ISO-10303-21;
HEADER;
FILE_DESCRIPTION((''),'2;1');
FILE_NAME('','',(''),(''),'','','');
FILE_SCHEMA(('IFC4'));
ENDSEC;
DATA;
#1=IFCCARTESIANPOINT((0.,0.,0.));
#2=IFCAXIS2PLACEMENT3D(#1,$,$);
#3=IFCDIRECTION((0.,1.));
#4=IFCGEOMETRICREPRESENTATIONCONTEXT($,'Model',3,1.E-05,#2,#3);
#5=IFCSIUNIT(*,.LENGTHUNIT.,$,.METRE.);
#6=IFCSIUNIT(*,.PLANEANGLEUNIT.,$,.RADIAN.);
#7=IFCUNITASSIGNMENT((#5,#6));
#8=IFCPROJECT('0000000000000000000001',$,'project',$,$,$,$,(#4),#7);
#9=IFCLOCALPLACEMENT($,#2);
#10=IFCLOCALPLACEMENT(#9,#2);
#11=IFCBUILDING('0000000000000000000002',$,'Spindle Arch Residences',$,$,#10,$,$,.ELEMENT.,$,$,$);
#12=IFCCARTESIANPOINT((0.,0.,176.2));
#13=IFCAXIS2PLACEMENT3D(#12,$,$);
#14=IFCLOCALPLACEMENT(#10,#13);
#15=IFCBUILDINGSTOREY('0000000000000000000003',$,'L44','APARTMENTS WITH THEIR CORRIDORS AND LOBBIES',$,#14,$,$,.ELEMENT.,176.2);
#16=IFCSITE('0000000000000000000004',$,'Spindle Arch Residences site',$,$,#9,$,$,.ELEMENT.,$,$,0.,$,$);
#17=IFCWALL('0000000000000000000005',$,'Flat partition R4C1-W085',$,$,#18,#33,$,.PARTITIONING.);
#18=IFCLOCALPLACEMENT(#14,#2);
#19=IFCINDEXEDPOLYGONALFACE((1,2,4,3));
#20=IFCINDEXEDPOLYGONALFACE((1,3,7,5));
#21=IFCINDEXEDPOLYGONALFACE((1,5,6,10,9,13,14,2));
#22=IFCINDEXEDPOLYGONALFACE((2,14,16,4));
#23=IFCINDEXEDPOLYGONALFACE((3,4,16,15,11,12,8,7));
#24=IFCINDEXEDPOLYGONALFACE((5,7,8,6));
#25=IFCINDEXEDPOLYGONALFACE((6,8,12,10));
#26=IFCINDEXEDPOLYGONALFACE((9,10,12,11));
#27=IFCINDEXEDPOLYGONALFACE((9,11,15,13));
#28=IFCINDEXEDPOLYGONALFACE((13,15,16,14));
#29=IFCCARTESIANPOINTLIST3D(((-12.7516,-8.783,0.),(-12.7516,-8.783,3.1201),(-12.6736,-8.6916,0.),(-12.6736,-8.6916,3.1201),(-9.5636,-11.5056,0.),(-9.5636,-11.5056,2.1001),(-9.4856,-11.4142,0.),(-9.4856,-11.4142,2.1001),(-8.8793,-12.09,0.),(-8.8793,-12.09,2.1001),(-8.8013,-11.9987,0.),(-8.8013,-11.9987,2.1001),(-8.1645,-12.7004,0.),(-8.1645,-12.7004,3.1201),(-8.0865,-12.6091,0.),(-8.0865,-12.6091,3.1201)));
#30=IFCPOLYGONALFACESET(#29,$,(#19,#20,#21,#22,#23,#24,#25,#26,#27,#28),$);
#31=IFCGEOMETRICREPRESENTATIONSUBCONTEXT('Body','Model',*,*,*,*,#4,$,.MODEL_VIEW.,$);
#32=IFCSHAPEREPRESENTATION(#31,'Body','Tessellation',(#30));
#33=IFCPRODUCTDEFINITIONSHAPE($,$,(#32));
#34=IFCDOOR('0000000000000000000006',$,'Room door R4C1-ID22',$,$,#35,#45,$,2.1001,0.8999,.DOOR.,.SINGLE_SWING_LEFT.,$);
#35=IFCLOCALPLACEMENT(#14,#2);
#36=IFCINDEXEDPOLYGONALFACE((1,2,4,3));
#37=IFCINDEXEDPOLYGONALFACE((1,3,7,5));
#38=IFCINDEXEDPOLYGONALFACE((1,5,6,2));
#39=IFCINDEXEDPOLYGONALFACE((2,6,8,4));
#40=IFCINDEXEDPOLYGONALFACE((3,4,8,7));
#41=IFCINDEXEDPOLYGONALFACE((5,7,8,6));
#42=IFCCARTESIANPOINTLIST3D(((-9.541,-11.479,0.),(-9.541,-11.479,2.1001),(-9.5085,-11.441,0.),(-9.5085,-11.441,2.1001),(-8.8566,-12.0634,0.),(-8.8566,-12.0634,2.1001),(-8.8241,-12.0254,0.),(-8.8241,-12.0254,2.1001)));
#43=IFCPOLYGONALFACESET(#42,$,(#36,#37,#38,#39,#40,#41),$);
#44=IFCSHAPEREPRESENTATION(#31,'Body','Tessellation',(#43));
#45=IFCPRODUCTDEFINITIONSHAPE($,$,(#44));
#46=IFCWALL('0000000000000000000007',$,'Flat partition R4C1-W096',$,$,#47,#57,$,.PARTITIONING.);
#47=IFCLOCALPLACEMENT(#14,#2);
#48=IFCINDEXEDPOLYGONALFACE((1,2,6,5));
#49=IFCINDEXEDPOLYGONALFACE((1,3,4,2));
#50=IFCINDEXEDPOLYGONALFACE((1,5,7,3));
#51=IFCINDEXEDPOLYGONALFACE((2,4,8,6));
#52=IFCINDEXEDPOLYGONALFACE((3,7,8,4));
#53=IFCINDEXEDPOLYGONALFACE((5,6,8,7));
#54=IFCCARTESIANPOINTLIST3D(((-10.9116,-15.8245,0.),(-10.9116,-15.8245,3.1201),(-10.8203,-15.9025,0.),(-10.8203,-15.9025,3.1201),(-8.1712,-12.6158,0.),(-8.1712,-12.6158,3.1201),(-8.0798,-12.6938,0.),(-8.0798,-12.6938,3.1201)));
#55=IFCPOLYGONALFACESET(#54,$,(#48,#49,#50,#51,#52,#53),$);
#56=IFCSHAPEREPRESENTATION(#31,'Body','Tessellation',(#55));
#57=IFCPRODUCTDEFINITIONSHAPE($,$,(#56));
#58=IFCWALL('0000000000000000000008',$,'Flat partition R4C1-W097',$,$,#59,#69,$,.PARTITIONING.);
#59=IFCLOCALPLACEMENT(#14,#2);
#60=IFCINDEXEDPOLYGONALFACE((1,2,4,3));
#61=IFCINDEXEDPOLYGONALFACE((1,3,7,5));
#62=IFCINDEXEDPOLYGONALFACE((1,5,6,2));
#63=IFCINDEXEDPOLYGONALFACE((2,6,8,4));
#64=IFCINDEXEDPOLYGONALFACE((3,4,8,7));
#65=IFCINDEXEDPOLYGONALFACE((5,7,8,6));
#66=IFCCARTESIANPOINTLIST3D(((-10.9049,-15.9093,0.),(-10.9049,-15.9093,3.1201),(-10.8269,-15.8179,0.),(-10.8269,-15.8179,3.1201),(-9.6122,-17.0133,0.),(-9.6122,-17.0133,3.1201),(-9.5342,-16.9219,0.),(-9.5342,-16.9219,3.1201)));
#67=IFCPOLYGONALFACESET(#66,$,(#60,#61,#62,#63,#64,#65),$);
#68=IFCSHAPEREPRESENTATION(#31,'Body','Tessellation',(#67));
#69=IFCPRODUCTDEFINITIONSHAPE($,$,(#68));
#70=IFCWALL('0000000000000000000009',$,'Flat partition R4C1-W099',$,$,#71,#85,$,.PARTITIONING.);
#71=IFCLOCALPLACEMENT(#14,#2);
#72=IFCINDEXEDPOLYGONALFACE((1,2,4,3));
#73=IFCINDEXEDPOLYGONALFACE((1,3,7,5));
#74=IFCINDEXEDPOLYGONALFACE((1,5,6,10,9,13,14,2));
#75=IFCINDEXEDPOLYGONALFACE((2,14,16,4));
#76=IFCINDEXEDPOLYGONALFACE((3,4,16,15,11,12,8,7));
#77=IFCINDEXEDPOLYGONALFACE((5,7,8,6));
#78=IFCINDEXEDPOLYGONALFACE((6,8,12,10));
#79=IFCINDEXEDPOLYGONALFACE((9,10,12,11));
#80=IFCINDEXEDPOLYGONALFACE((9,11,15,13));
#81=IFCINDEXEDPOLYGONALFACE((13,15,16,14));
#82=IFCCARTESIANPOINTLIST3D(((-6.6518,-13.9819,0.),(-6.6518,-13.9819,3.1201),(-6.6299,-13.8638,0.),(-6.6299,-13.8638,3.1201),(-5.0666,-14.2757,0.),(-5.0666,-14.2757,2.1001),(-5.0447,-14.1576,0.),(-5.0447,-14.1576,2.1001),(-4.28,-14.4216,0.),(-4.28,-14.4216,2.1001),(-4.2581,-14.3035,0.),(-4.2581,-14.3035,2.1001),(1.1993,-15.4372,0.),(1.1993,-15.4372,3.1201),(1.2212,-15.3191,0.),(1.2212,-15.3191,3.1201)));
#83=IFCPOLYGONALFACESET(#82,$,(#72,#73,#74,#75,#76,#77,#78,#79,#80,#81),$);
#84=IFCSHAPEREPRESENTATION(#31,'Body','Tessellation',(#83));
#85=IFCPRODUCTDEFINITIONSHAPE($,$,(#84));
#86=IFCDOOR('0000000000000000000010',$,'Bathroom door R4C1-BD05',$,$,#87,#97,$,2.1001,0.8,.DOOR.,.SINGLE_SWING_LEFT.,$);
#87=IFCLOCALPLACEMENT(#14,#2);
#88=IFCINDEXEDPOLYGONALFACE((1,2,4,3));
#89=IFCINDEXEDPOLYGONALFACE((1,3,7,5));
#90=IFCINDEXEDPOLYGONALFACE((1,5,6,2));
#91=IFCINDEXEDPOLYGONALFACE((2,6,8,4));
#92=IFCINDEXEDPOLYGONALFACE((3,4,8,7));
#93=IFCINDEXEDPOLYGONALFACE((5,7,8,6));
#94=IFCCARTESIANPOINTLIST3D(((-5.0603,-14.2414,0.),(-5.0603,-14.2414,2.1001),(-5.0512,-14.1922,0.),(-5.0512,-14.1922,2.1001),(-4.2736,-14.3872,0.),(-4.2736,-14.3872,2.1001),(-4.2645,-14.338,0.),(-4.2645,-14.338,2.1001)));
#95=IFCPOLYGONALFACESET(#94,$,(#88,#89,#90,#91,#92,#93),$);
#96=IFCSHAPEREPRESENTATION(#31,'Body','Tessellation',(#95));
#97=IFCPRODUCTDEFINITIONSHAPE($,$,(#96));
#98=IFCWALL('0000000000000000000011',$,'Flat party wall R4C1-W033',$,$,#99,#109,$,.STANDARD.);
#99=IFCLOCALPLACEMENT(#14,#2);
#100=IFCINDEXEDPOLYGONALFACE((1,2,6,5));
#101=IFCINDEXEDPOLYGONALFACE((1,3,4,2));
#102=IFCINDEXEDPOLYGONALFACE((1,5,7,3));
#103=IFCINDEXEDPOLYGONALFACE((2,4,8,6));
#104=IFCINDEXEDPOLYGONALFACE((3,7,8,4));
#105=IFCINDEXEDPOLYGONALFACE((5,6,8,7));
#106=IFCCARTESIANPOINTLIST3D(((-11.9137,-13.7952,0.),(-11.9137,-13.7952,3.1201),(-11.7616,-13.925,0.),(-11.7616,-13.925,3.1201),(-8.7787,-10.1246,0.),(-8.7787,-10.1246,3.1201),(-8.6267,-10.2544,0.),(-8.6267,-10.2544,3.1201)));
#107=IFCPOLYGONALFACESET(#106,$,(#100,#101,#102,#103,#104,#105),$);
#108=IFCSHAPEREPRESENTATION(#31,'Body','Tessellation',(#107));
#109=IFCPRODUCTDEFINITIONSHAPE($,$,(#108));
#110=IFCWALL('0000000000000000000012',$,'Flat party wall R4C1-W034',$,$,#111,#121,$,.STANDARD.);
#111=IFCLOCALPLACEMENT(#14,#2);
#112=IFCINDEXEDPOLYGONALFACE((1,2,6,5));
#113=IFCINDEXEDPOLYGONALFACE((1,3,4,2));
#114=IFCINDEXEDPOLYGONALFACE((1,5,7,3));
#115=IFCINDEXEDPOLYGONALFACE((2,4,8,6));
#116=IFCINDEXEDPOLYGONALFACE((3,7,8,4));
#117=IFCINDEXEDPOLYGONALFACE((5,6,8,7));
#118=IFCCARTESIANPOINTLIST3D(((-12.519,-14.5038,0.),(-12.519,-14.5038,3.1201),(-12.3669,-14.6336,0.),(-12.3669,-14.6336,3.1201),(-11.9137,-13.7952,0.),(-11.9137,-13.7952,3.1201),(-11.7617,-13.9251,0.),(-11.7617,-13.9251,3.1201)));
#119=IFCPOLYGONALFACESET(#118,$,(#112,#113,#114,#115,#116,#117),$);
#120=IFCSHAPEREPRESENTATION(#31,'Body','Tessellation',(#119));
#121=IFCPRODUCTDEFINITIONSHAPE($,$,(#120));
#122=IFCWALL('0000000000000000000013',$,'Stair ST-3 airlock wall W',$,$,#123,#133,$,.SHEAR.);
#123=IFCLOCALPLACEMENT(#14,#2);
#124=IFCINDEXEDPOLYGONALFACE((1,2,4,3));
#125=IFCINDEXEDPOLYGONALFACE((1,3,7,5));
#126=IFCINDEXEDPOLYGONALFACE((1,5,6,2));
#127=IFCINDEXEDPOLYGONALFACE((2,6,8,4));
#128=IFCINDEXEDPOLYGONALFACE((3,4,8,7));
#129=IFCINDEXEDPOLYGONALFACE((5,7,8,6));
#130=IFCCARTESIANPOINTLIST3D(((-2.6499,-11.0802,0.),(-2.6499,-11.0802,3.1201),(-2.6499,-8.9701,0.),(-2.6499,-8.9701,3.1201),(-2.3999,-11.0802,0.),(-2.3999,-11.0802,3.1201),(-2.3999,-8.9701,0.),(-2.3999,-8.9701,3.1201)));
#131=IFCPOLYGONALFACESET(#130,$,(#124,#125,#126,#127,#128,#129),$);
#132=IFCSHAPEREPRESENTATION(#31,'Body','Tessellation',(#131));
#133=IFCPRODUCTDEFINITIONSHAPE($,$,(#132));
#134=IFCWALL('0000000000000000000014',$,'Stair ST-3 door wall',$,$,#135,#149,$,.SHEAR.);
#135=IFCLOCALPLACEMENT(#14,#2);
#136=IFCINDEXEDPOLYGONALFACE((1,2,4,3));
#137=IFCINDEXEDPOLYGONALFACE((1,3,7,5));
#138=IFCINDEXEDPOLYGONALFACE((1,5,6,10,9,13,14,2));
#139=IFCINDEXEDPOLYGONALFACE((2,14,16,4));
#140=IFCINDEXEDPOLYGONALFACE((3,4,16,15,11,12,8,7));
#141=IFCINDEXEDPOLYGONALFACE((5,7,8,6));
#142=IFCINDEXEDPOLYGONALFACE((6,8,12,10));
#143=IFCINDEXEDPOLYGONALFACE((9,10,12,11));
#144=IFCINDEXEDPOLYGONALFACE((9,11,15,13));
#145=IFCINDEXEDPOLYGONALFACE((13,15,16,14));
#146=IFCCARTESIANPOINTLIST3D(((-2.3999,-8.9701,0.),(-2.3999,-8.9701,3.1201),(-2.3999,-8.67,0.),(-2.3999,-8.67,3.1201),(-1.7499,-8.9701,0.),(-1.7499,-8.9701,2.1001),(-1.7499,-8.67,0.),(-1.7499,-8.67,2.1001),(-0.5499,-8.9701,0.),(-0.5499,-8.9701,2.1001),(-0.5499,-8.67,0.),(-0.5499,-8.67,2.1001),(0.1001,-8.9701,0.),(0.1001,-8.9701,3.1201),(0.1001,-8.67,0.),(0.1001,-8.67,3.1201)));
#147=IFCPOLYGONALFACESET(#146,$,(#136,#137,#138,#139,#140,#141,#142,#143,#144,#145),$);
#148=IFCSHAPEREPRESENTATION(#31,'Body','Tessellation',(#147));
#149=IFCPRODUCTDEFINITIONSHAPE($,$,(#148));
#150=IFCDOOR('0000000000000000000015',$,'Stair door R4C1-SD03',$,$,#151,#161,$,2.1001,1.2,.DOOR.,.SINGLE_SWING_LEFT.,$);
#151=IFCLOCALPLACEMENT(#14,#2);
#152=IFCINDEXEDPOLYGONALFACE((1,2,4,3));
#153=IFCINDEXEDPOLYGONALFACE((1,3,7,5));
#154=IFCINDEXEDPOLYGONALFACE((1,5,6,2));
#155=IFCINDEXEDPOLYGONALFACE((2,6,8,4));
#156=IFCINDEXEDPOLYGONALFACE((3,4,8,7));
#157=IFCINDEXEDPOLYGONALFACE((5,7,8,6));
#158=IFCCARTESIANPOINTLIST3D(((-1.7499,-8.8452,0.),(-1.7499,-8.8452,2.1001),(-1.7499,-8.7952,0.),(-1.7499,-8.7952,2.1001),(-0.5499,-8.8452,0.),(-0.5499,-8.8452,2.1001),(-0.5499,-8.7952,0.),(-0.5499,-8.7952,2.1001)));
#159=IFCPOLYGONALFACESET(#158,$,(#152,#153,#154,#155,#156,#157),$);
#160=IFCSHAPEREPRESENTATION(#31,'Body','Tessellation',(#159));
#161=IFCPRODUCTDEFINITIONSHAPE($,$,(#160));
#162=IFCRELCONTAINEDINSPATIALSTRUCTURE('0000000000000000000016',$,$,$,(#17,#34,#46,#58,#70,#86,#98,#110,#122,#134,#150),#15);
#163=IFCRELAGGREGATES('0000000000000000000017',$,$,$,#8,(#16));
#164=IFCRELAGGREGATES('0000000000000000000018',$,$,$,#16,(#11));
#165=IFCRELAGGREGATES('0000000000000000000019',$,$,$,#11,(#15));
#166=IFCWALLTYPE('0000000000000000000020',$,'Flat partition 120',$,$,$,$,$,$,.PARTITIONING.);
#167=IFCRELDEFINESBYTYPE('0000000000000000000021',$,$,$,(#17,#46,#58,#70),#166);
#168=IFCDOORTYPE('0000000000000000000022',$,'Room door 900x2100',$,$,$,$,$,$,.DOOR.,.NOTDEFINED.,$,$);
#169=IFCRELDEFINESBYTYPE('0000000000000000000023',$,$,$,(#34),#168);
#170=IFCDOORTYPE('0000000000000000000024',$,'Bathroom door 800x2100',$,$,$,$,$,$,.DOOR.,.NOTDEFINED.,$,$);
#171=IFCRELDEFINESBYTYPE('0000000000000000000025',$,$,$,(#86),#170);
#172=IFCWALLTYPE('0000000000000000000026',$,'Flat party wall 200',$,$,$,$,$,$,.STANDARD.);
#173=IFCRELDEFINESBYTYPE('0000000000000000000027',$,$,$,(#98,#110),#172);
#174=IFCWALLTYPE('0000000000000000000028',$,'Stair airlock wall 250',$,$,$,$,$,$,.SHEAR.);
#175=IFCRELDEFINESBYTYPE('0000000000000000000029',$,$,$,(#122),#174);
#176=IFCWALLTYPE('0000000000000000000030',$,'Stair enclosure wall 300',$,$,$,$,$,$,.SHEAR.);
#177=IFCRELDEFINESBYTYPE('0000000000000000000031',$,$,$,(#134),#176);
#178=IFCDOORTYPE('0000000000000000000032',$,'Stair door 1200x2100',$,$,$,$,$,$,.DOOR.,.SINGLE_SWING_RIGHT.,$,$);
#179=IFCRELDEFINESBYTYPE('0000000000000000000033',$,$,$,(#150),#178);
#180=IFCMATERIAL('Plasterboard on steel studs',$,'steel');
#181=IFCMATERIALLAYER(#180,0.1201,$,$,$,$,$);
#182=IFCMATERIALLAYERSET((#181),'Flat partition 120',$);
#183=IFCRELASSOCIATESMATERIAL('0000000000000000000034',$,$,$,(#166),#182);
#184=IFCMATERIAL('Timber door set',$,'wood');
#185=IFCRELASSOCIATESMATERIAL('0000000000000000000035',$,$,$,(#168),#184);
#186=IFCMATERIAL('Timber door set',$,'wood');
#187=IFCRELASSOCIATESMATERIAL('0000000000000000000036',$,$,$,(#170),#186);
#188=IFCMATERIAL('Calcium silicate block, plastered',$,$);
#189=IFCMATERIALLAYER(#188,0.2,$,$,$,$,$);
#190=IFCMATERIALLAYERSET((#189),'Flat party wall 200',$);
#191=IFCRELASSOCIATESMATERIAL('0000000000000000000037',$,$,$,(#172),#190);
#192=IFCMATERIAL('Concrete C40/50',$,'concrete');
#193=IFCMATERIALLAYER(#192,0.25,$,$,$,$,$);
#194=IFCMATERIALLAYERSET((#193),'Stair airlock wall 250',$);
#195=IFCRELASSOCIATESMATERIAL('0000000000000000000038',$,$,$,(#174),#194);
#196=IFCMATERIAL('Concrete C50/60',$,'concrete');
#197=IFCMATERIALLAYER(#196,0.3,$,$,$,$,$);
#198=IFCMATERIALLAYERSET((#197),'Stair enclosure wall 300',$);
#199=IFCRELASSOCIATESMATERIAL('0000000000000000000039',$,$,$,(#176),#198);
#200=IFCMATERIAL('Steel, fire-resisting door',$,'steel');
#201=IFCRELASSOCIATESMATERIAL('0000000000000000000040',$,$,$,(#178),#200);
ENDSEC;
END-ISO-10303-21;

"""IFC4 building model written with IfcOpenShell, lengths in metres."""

from ifc_helpers import new_model, si_unit, direction, frame, frame_2d, origin, place, context, subcontext, project, spatial, rectangle, extrude, material, layer, layer_set, type_object, element, fill, save


model = new_model("IFC4")

# Units and contexts
model_context = context("Model", 3, precision=1e-05, world=origin(), true_north=direction((0.0, 1.0)))
body_context = subcontext(model_context, "Body", "Model", "MODEL_VIEW")
ifc_project = project(units=[si_unit("LENGTHUNIT", "METRE"), si_unit("PLANEANGLEUNIT", "RADIAN")], contexts=[model_context])

# Site, building, storey
site_placement = place(None, origin())
site = spatial("IfcSite", under=ifc_project, at=site_placement, Name="Spindle Arch Residences site", CompositionType="ELEMENT", RefElevation=0.0)
building_placement = place(site_placement, origin())
building = spatial("IfcBuilding", under=site, at=building_placement, Name="Spindle Arch Residences", CompositionType="ELEMENT")
storey_placement = place(building_placement, frame((0.0, 0.0, 176.2)))
storey = spatial("IfcBuildingStorey", under=building, at=storey_placement, Name="L44", Description="APARTMENTS WITH THEIR CORRIDORS AND LOBBIES", CompositionType="ELEMENT", Elevation=176.2)

# Wall, opening, door
ifc_material_1 = material(Name="Plasterboard on steel studs", Category="steel")
ifc_layer_1 = layer(ifc_material_1, 0.1201)
ifc_layer_set_1 = layer_set([ifc_layer_1], Name="Flat partition 120")
wall_type_1 = type_object("IfcWallType", Name="Flat partition 120", PredefinedType="PARTITIONING", material=ifc_layer_set_1)
wall_1_placement = place(storey_placement, frame((-12.7126, -8.7373, 0.0), z_axis=(0.0, 0.0, 1.0), x_axis=(0.760432, -0.649417, 0.0)))
wall_1 = element("IfcWall", 1, at=wall_1_placement, inside=storey, type_object=wall_type_1, Name="Flat partition R4C1-W085", PredefinedType="PARTITIONING", context=body_context, shape_type="SweptSolid", body=[
    extrude(rectangle(XDim=6.0322, YDim=0.1201, at=frame_2d((3.0161, 0.0))), origin(), (0.0, 0.0, 1.0), 3.1201),
])
opening_1_placement = place(wall_1_placement, frame((4.1924, 0.0, 0.0)))
opening_1 = element("IfcOpeningElement", 2, at=opening_1_placement, cuts=wall_1, PredefinedType="OPENING", context=body_context, shape_type="SweptSolid", body=[
    extrude(rectangle(XDim=0.8999, YDim=2.1001, at=frame_2d((0.45, 1.05))), frame((0.0, 0.0701, 0.0), z_axis=(0.0, -1.0, 0.0), x_axis=(1.0, 0.0, 0.0)), (0.0, 0.0, 1.0), 0.1401),
])
ifc_material_2 = material(Name="Timber door set", Category="wood")
door_type_1 = type_object("IfcDoorType", Name="Room door 900x2100", OperationType="NOTDEFINED", PredefinedType="DOOR", material=ifc_material_2)
door_1_placement = place(opening_1_placement, origin())
door_1 = element("IfcDoor", 3, at=door_1_placement, inside=storey, type_object=door_type_1, Name="Room door R4C1-ID22", OperationType="SINGLE_SWING_LEFT", OverallHeight=2.1001, OverallWidth=0.8999, PredefinedType="DOOR", context=body_context, shape_type="SweptSolid", body=[
    extrude(rectangle(XDim=0.8999, YDim=2.1001, at=frame_2d((0.45, 1.05))), frame((0.0, 0.0249, 0.0), z_axis=(0.0, -1.0, 0.0), x_axis=(1.0, 0.0, 0.0)), (0.0, 0.0, 1.0), 0.05),
])
fill(opening_1, door_1)

# Walls
wall_2_placement = place(storey_placement, frame((-8.1255, -12.6548, 0.0), z_axis=(0.0, 0.0, 1.0), x_axis=(-0.649442, -0.760411, 0.0)))
element("IfcWall", 4, at=wall_2_placement, inside=storey, type_object=wall_type_1, Name="Flat partition R4C1-W096", PredefinedType="PARTITIONING", context=body_context, shape_type="SweptSolid", body=[
    extrude(rectangle(XDim=4.2197, YDim=0.1201, at=frame_2d((2.1099, 0.0))), origin(), (0.0, 0.0, 1.0), 3.1201),
])
wall_3_placement = place(storey_placement, frame((-10.866, -15.8635, 0.0), z_axis=(0.0, 0.0, 1.0), x_axis=(0.760431, -0.649418, 0.0)))
element("IfcWall", 5, at=wall_3_placement, inside=storey, type_object=wall_type_1, Name="Flat partition R4C1-W097", PredefinedType="PARTITIONING", context=body_context, shape_type="SweptSolid", body=[
    extrude(rectangle(XDim=1.7, YDim=0.1201, at=frame_2d((0.8501, 0.0))), origin(), (0.0, 0.0, 1.0), 3.1201),
])

# Wall, opening, door
wall_4_placement = place(storey_placement, frame((-6.6409, -13.9229, 0.0), z_axis=(0.0, 0.0, 1.0), x_axis=(0.98325, -0.182261, 0.0)))
wall_4 = element("IfcWall", 6, at=wall_4_placement, inside=storey, type_object=wall_type_1, Name="Flat partition R4C1-W099", PredefinedType="PARTITIONING", context=body_context, shape_type="SweptSolid", body=[
    extrude(rectangle(XDim=7.9849, YDim=0.1201, at=frame_2d((3.9924, 0.0))), origin(), (0.0, 0.0, 1.0), 3.1201),
])
opening_2_placement = place(wall_4_placement, frame((1.6123, 0.0, 0.0)))
opening_2 = element("IfcOpeningElement", 7, at=opening_2_placement, cuts=wall_4, PredefinedType="OPENING", context=body_context, shape_type="SweptSolid", body=[
    extrude(rectangle(XDim=0.8, YDim=2.1001, at=frame_2d((0.3999, 1.05))), frame((0.0, 0.0701, 0.0), z_axis=(0.0, -1.0, 0.0), x_axis=(1.0, 0.0, 0.0)), (0.0, 0.0, 1.0), 0.1401),
])
ifc_material_3 = material(Name="Timber door set", Category="wood")
door_type_2 = type_object("IfcDoorType", Name="Bathroom door 800x2100", OperationType="NOTDEFINED", PredefinedType="DOOR", material=ifc_material_3)
door_2_placement = place(opening_2_placement, origin())
door_2 = element("IfcDoor", 8, at=door_2_placement, inside=storey, type_object=door_type_2, Name="Bathroom door R4C1-BD05", OperationType="SINGLE_SWING_LEFT", OverallHeight=2.1001, OverallWidth=0.8, PredefinedType="DOOR", context=body_context, shape_type="SweptSolid", body=[
    extrude(rectangle(XDim=0.8, YDim=2.1001, at=frame_2d((0.3999, 1.05))), frame((0.0, 0.0249, 0.0), z_axis=(0.0, -1.0, 0.0), x_axis=(1.0, 0.0, 0.0)), (0.0, 0.0, 1.0), 0.05),
])
fill(opening_2, door_2)

# Walls
ifc_material_4 = material(Name="Calcium silicate block, plastered")
ifc_layer_2 = layer(ifc_material_4, 0.2)
ifc_layer_set_2 = layer_set([ifc_layer_2], Name="Flat party wall 200")
wall_type_2 = type_object("IfcWallType", Name="Flat party wall 200", PredefinedType="STANDARD", material=ifc_layer_set_2)
wall_5_placement = place(storey_placement, frame((-11.8376, -13.8601, 0.0), z_axis=(0.0, 0.0, 1.0), x_axis=(0.649445, 0.760409, 0.0)))
element("IfcWall", 9, at=wall_5_placement, inside=storey, type_object=wall_type_2, Name="Flat party wall R4C1-W033", PredefinedType="STANDARD", context=body_context, shape_type="SweptSolid", body=[
    extrude(rectangle(XDim=4.8271, YDim=0.2, at=frame_2d((2.4136, 0.0))), origin(), (0.0, 0.0, 1.0), 3.1201),
])
wall_6_placement = place(storey_placement, frame((-12.4429, -14.5686, 0.0), z_axis=(0.0, 0.0, 1.0), x_axis=(0.649517, 0.760347, 0.0)))
element("IfcWall", 10, at=wall_6_placement, inside=storey, type_object=wall_type_2, Name="Flat party wall R4C1-W034", PredefinedType="STANDARD", context=body_context, shape_type="SweptSolid", body=[
    extrude(rectangle(XDim=0.9319, YDim=0.2, at=frame_2d((0.4658, 0.0))), origin(), (0.0, 0.0, 1.0), 3.1201),
])
ifc_material_5 = material(Name="Concrete C40/50", Category="concrete")
ifc_layer_3 = layer(ifc_material_5, 0.25)
ifc_layer_set_3 = layer_set([ifc_layer_3], Name="Stair airlock wall 250")
wall_type_3 = type_object("IfcWallType", Name="Stair airlock wall 250", PredefinedType="SHEAR", material=ifc_layer_set_3)
wall_7_placement = place(storey_placement, frame((-2.5249, -8.97, 0.0), z_axis=(0.0, 0.0, 1.0), x_axis=(0.0, -1.0, 0.0)))
element("IfcWall", 11, at=wall_7_placement, inside=storey, type_object=wall_type_3, Name="Stair ST-3 airlock wall W", PredefinedType="SHEAR", context=body_context, shape_type="SweptSolid", body=[
    extrude(rectangle(XDim=2.1101, YDim=0.25, at=frame_2d((1.0552, 0.0))), origin(), (0.0, 0.0, 1.0), 3.1201),
])

# Wall, opening, door
ifc_material_6 = material(Name="Concrete C50/60", Category="concrete")
ifc_layer_4 = layer(ifc_material_6, 0.3)
ifc_layer_set_4 = layer_set([ifc_layer_4], Name="Stair enclosure wall 300")
wall_type_4 = type_object("IfcWallType", Name="Stair enclosure wall 300", PredefinedType="SHEAR", material=ifc_layer_set_4)
wall_8_placement = place(storey_placement, frame((-2.3999, -8.8201, 0.0), z_axis=(0.0, 0.0, 1.0), x_axis=(1.0, 0.0, 0.0)))
wall_8 = element("IfcWall", 12, at=wall_8_placement, inside=storey, type_object=wall_type_4, Name="Stair ST-3 door wall", PredefinedType="SHEAR", context=body_context, shape_type="SweptSolid", body=[
    extrude(rectangle(XDim=2.5, YDim=0.3, at=frame_2d((1.25, 0.0))), origin(), (0.0, 0.0, 1.0), 3.1201),
])
opening_3_placement = place(wall_8_placement, frame((0.6499, 0.0, 0.0)))
opening_3 = element("IfcOpeningElement", 13, at=opening_3_placement, cuts=wall_8, PredefinedType="OPENING", context=body_context, shape_type="SweptSolid", body=[
    extrude(rectangle(XDim=1.2, YDim=2.1001, at=frame_2d((0.6001, 1.05))), frame((0.0, 0.1602, 0.0), z_axis=(0.0, -1.0, 0.0), x_axis=(1.0, 0.0, 0.0)), (0.0, 0.0, 1.0), 0.3201),
])
ifc_material_7 = material(Name="Steel, fire-resisting door", Category="steel")
door_type_3 = type_object("IfcDoorType", Name="Stair door 1200x2100", OperationType="SINGLE_SWING_RIGHT", PredefinedType="DOOR", material=ifc_material_7)
door_3_placement = place(opening_3_placement, origin())
door_3 = element("IfcDoor", 14, at=door_3_placement, inside=storey, type_object=door_type_3, Name="Stair door R4C1-SD03", OperationType="SINGLE_SWING_LEFT", OverallHeight=2.1001, OverallWidth=1.2, PredefinedType="DOOR", context=body_context, shape_type="SweptSolid", body=[
    extrude(rectangle(XDim=1.2, YDim=2.1001, at=frame_2d((0.6001, 1.05))), frame((0.0, 0.0249, 0.0), z_axis=(0.0, -1.0, 0.0), x_axis=(1.0, 0.0, 0.0)), (0.0, 0.0, 1.0), 0.05),
])
fill(opening_3, door_3)

save(model, "model.ifc")
